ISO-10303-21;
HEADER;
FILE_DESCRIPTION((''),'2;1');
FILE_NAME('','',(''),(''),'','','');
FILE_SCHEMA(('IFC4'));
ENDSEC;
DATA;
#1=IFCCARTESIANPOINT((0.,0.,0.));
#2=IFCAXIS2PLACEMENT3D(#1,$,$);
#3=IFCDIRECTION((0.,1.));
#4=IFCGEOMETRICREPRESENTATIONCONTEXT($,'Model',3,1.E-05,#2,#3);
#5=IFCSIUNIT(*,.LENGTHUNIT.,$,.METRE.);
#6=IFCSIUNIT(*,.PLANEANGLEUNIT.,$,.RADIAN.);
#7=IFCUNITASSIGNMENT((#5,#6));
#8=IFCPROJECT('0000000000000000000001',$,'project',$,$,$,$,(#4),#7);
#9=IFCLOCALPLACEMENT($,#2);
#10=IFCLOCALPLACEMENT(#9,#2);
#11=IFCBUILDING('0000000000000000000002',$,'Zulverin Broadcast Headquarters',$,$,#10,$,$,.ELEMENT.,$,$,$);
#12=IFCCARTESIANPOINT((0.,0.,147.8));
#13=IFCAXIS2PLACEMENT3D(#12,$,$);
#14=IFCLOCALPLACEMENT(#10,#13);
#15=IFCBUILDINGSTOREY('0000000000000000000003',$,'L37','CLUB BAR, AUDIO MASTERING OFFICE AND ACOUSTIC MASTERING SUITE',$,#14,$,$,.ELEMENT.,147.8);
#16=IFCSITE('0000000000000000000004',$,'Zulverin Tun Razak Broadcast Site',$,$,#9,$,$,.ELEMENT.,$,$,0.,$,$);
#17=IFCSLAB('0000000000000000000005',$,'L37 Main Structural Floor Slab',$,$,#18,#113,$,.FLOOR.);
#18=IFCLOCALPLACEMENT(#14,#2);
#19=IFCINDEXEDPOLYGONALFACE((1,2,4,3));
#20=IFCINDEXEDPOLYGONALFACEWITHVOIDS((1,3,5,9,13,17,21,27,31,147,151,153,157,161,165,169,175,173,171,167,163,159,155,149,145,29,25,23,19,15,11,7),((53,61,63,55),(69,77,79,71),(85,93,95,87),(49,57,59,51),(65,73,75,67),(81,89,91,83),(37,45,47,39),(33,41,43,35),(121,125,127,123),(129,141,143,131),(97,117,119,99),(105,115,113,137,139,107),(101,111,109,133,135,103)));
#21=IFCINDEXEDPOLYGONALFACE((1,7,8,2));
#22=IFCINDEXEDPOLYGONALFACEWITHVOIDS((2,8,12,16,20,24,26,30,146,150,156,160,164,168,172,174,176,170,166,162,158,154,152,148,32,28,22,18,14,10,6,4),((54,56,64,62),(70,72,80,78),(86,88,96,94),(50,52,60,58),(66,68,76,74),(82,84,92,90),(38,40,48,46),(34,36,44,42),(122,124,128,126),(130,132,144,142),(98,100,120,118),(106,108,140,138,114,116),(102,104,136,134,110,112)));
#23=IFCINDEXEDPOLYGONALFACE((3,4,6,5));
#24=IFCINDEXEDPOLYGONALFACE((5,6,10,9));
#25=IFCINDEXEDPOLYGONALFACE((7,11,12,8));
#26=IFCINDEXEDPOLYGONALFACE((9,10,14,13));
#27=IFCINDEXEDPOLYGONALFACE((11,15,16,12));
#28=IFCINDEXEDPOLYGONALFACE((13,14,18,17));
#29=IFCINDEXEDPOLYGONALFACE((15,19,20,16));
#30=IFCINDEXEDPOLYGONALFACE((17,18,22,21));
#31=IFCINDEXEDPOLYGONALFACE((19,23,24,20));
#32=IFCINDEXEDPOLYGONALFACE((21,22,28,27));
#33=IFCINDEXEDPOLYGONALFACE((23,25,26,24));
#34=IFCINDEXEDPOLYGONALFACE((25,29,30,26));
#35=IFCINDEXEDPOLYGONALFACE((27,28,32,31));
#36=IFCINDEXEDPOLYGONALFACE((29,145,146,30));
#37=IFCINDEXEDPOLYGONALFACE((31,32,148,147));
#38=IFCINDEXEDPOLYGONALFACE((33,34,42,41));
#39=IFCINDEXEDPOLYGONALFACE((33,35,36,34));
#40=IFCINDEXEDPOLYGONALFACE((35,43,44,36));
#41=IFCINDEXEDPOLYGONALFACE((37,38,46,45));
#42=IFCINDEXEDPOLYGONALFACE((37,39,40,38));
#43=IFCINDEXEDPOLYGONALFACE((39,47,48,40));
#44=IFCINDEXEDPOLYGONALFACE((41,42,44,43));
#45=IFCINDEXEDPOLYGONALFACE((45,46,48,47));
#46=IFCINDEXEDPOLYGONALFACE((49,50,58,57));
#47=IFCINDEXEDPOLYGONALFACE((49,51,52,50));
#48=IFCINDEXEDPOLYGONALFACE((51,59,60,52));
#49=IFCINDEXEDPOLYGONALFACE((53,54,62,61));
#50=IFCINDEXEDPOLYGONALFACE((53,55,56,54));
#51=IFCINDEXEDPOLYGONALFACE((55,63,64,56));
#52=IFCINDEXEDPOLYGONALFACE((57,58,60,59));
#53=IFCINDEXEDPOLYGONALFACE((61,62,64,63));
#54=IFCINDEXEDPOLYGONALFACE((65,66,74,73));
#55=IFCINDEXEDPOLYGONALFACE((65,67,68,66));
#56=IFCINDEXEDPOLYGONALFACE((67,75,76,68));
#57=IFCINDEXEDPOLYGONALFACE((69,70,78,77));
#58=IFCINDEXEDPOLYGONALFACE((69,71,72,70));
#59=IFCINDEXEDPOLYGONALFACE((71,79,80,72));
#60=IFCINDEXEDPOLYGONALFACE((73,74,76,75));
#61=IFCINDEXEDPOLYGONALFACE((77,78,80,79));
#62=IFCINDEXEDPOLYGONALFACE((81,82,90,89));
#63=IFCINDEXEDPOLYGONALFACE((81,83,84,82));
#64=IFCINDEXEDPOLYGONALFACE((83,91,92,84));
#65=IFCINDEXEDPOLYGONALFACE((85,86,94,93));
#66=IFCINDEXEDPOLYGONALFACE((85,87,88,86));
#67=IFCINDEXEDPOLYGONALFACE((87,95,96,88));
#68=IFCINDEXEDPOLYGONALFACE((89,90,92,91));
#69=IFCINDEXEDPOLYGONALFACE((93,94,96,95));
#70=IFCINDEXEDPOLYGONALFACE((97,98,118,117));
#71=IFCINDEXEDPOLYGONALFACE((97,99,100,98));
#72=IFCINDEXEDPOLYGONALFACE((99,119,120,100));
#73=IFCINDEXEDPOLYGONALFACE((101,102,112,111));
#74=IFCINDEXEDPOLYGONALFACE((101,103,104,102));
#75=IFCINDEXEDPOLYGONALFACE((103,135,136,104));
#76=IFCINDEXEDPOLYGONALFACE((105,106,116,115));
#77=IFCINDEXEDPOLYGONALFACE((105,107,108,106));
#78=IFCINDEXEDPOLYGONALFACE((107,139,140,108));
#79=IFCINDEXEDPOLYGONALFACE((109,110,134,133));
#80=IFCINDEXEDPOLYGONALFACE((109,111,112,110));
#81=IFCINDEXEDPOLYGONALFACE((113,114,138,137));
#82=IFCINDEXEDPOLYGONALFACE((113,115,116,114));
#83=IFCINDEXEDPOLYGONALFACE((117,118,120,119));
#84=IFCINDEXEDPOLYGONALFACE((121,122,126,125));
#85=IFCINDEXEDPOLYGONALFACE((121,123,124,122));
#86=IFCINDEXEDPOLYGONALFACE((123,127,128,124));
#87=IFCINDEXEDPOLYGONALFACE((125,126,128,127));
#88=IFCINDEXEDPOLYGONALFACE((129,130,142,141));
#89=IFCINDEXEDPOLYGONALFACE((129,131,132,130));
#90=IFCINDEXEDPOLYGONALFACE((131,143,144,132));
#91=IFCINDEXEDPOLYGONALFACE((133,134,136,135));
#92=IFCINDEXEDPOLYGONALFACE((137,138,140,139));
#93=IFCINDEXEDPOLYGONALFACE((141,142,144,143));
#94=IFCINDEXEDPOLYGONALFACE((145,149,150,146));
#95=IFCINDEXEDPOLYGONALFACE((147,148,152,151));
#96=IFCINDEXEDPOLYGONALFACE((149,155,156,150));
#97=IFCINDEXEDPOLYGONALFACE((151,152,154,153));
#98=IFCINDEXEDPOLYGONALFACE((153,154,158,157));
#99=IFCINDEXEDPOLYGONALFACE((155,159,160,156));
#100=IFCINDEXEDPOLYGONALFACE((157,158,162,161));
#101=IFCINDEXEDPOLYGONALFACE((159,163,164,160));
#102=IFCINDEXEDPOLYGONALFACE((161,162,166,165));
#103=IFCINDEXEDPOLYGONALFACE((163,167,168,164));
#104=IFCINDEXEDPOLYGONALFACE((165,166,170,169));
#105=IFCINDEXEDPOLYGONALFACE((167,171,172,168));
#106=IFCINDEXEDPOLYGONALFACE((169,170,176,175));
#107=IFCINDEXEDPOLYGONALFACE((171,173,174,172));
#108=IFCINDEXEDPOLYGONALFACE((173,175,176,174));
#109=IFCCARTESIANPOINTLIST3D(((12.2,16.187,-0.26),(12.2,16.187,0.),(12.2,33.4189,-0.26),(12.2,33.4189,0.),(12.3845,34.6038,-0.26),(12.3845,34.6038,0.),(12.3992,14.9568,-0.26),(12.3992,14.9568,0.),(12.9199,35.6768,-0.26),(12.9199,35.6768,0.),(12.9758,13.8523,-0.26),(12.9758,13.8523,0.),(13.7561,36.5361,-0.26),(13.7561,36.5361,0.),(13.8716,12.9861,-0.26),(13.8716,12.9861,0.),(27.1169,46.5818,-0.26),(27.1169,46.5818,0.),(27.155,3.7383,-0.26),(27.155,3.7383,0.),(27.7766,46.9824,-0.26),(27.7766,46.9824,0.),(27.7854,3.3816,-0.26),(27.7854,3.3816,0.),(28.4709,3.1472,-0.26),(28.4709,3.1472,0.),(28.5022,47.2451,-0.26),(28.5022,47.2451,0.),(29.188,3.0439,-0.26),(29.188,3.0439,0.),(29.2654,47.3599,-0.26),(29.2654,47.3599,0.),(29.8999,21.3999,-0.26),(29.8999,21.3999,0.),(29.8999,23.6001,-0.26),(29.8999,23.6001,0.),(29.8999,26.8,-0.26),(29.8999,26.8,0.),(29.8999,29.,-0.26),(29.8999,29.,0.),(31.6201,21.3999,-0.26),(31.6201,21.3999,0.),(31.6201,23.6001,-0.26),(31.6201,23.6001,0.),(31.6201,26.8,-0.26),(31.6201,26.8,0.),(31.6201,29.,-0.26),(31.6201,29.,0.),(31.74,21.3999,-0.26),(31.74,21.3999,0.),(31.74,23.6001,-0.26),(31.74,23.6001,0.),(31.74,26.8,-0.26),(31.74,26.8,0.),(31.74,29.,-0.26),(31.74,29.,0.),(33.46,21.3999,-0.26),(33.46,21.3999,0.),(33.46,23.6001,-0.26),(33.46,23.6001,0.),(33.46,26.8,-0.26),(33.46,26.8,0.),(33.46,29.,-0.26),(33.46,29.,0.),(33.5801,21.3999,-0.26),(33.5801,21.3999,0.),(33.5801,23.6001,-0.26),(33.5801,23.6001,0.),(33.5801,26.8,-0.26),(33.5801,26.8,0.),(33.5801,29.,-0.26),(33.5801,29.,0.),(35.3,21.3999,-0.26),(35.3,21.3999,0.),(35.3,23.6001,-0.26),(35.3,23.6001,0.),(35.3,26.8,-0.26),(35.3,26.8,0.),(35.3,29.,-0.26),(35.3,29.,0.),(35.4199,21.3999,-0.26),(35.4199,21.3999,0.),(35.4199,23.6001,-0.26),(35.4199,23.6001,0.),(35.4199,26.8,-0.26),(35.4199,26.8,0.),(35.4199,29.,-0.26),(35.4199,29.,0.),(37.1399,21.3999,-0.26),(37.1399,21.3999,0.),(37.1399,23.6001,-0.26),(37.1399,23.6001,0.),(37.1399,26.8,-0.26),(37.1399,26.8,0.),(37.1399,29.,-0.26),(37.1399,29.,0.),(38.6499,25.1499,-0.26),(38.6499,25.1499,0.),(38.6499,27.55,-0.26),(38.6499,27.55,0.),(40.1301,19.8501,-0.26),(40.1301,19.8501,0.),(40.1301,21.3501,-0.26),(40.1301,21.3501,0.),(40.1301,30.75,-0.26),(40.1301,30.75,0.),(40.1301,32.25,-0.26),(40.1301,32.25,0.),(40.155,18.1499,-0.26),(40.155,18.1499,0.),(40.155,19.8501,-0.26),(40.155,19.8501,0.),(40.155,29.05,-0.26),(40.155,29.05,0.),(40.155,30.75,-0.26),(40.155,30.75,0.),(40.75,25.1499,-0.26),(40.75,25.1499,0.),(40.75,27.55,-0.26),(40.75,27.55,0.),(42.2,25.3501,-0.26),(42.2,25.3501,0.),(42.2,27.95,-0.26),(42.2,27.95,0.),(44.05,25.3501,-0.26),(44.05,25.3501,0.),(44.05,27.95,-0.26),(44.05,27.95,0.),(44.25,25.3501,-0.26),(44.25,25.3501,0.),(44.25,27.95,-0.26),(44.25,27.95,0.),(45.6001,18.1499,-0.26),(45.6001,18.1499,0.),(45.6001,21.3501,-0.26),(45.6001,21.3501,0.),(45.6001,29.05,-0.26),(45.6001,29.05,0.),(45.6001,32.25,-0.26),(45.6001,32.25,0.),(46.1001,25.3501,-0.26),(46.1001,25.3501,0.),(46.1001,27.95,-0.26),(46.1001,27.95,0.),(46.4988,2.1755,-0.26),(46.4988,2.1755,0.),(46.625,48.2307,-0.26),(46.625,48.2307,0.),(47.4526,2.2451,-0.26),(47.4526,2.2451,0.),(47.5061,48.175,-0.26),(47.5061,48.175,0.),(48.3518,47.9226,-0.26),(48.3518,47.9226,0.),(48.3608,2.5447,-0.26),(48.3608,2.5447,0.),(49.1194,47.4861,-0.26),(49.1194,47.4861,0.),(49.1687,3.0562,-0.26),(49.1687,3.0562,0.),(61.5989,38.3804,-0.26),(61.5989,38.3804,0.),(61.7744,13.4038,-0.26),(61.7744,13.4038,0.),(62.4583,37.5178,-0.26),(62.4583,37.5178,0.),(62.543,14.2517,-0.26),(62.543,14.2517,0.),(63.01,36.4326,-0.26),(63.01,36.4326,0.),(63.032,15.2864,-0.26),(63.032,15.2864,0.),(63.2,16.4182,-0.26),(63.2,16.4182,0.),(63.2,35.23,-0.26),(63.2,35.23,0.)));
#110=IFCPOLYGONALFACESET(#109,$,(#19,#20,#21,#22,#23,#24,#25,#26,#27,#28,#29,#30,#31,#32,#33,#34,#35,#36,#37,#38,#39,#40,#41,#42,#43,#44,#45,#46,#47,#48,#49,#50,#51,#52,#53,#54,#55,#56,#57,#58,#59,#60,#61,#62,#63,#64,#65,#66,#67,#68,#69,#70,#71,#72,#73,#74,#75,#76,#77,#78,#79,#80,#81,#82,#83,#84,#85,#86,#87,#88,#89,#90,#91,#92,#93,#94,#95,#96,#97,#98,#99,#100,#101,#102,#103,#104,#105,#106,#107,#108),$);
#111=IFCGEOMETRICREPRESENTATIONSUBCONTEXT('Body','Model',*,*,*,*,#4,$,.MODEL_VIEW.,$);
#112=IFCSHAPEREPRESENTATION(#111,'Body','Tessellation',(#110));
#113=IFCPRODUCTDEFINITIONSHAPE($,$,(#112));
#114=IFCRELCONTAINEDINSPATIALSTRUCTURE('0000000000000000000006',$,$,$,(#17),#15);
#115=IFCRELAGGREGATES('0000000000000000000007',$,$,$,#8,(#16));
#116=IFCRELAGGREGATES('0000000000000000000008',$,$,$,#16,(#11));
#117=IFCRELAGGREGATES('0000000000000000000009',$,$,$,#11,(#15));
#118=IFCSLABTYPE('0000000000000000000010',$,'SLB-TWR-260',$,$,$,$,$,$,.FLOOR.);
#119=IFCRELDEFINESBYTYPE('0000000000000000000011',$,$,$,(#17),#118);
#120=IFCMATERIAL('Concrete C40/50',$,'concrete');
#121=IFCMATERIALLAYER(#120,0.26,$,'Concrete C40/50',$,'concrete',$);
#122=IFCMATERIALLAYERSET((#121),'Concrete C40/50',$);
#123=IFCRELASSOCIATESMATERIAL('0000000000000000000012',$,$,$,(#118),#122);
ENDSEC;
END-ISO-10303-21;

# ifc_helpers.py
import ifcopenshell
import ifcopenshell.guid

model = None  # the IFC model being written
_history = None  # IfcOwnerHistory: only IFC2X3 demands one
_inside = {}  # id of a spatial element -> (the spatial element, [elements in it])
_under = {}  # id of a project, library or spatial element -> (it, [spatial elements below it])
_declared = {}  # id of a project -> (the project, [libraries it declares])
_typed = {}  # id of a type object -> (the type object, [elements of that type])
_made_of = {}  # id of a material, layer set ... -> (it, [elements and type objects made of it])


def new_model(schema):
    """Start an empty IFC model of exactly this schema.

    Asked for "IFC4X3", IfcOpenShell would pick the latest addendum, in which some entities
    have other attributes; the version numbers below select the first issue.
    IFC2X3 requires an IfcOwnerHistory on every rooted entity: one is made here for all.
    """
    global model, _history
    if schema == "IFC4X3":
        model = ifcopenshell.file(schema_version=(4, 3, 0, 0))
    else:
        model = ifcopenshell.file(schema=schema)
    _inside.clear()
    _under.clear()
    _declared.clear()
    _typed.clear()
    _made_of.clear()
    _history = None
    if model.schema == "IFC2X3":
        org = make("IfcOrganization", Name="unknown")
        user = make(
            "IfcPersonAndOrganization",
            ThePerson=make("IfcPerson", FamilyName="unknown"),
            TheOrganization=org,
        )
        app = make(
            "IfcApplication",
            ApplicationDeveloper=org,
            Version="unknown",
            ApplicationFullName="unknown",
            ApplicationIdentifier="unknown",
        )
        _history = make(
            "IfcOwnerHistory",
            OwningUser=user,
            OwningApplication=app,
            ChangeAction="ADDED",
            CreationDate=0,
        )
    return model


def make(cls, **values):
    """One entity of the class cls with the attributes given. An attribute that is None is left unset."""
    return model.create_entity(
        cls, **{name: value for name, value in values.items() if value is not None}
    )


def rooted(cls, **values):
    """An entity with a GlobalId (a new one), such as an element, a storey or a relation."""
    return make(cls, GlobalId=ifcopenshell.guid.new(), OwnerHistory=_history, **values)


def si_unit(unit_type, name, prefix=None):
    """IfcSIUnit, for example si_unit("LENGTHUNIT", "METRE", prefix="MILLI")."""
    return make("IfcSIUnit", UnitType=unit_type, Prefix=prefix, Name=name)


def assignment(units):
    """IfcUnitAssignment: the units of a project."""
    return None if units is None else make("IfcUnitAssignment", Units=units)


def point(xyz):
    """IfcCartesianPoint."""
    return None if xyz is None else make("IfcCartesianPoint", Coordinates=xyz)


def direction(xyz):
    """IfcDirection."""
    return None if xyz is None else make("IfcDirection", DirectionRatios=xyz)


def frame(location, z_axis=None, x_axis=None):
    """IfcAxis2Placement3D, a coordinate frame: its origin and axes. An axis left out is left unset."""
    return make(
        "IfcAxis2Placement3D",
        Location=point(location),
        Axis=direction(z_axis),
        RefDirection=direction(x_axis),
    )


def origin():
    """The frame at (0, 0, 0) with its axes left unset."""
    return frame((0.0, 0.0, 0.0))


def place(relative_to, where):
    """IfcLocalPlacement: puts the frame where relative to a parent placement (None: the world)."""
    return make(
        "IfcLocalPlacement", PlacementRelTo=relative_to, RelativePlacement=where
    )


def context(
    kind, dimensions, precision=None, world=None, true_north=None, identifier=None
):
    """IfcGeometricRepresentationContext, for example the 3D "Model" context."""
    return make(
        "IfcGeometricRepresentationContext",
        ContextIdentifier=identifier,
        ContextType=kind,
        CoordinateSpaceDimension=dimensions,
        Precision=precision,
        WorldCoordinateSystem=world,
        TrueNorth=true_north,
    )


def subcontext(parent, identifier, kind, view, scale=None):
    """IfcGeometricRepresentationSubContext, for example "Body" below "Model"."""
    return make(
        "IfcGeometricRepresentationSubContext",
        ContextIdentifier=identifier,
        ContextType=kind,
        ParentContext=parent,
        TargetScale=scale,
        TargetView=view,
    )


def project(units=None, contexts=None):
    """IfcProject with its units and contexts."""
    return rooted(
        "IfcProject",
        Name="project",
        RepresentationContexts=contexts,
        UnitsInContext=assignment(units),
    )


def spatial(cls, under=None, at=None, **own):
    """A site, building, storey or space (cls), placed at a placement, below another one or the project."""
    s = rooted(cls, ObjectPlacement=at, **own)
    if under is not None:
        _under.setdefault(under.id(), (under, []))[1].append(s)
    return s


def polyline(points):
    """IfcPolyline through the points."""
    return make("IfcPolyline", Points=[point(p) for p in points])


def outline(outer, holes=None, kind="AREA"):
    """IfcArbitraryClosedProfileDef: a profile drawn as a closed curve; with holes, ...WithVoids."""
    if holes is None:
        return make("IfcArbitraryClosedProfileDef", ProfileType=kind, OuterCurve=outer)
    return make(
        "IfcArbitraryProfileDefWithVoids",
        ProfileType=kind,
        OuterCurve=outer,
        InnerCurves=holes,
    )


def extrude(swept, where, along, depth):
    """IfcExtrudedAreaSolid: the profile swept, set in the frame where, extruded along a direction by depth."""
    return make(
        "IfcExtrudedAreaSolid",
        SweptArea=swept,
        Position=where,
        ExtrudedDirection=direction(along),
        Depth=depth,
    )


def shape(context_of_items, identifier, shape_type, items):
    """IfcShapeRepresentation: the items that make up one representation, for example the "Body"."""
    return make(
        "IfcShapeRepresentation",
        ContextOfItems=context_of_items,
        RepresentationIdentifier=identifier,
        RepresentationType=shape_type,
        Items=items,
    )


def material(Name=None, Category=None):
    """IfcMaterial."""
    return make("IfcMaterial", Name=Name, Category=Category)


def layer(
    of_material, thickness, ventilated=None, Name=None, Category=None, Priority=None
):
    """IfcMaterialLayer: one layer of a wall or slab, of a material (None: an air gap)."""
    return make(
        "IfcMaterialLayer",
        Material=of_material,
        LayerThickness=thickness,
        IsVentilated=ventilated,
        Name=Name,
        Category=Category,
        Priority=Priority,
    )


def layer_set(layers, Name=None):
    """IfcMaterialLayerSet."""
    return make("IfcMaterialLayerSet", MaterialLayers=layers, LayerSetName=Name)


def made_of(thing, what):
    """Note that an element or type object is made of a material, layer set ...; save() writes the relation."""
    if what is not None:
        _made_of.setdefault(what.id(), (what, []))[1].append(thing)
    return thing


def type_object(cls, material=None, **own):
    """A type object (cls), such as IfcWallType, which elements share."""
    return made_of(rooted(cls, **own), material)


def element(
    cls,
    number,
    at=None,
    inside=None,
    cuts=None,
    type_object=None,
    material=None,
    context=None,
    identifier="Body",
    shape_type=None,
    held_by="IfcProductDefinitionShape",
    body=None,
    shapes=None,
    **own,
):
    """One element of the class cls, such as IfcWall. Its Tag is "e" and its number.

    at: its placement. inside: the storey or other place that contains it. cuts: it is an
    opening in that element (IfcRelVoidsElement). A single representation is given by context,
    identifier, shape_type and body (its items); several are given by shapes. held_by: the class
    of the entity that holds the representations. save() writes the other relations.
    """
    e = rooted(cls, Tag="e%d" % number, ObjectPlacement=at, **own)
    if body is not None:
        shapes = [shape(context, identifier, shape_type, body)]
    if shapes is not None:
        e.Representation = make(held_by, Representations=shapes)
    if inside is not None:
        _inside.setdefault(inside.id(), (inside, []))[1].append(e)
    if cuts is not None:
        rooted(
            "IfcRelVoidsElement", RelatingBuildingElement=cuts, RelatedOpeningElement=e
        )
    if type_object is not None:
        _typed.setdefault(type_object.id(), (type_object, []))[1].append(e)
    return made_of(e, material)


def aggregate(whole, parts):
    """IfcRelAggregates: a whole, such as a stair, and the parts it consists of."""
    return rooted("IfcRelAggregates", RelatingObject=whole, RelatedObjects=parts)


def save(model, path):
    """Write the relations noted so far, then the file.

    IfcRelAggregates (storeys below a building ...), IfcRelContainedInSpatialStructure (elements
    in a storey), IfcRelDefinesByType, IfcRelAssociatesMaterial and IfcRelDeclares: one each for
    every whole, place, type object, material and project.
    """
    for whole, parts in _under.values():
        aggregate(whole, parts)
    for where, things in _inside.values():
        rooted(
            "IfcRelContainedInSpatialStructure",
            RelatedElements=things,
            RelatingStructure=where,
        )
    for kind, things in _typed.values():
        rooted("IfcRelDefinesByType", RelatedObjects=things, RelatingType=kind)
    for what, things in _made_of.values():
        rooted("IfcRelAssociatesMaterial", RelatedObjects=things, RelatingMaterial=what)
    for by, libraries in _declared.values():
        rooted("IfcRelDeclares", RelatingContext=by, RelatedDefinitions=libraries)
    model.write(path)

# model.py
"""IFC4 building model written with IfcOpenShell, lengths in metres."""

from ifc_helpers import new_model, si_unit, direction, frame, origin, place, context, subcontext, project, spatial, polyline, outline, extrude, material, layer, layer_set, type_object, element, save


model = new_model("IFC4")

# Units and contexts
model_context = context("Model", 3, precision=1e-05, world=origin(), true_north=direction((0.0, 1.0)))
body_context = subcontext(model_context, "Body", "Model", "MODEL_VIEW")
ifc_project = project(units=[si_unit("LENGTHUNIT", "METRE"), si_unit("PLANEANGLEUNIT", "RADIAN")], contexts=[model_context])

# Site, building, storey
site_placement = place(None, origin())
site = spatial("IfcSite", under=ifc_project, at=site_placement, Name="Zulverin Tun Razak Broadcast Site", CompositionType="ELEMENT", RefElevation=0.0)
building_placement = place(site_placement, origin())
building = spatial("IfcBuilding", under=site, at=building_placement, Name="Zulverin Broadcast Headquarters", CompositionType="ELEMENT")
storey_placement = place(building_placement, frame((0.0, 0.0, 147.8)))
storey = spatial("IfcBuildingStorey", under=building, at=storey_placement, Name="L37", Description="CLUB BAR, AUDIO MASTERING OFFICE AND ACOUSTIC MASTERING SUITE", CompositionType="ELEMENT", Elevation=147.8)

# Shared definitions
ifc_material_1 = material(Name="Concrete C40/50", Category="concrete")

# Slab
ifc_layer_1 = layer(ifc_material_1, 0.26, Name="Concrete C40/50", Category="concrete")
ifc_layer_set_1 = layer_set([ifc_layer_1], Name="Concrete C40/50")
slab_type_1 = type_object("IfcSlabType", Name="SLB-TWR-260", PredefinedType="FLOOR", material=ifc_layer_set_1)
slab_1_placement = place(storey_placement, frame((0.0, 0.0, -0.26)))
element("IfcSlab", 1, at=slab_1_placement, inside=storey, type_object=slab_type_1, Name="L37 Main Structural Floor Slab", PredefinedType="FLOOR", context=body_context, shape_type="SweptSolid", body=[
    extrude(outline(polyline([(27.155, 3.7383), (27.7854, 3.3816), (28.4709, 3.1472), (29.188, 3.0439), (46.4988, 2.1755), (47.4526, 2.2451), (48.3608, 2.5447), (49.1687, 3.0562), (61.7744, 13.4038), (62.543, 14.2517), (63.032, 15.2864), (63.2, 16.4182), (63.2, 35.23), (63.01, 36.4326), (62.4583, 37.5178), (61.5989, 38.3804), (49.1194, 47.4861), (48.3518, 47.9226), (47.5061, 48.175), (46.625, 48.2307), (29.2654, 47.3599), (28.5022, 47.2451), (27.7766, 46.9824), (27.1169, 46.5818), (13.7561, 36.5361), (12.9199, 35.6768), (12.3845, 34.6038), (12.2, 33.4189), (12.2, 16.187), (12.3992, 14.9568), (12.9758, 13.8523), (13.8716, 12.9861), (27.155, 3.7383)]), holes=[polyline([(40.155, 30.75), (40.1301, 30.75), (40.1301, 32.25), (45.6001, 32.25), (45.6001, 29.05), (40.155, 29.05), (40.155, 30.75)]), polyline([(40.155, 19.8501), (40.1301, 19.8501), (40.1301, 21.3501), (45.6001, 21.3501), (45.6001, 18.1499), (40.155, 18.1499), (40.155, 19.8501)]), polyline([(29.8999, 21.3999), (31.6201, 21.3999), (31.6201, 23.6001), (29.8999, 23.6001), (29.8999, 21.3999)]), polyline([(31.74, 21.3999), (33.46, 21.3999), (33.46, 23.6001), (31.74, 23.6001), (31.74, 21.3999)]), polyline([(33.5801, 21.3999), (35.3, 21.3999), (35.3, 23.6001), (33.5801, 23.6001), (33.5801, 21.3999)]), polyline([(35.4199, 21.3999), (37.1399, 21.3999), (37.1399, 23.6001), (35.4199, 23.6001), (35.4199, 21.3999)]), polyline([(29.8999, 26.8), (31.6201, 26.8), (31.6201, 29.0), (29.8999, 29.0), (29.8999, 26.8)]), polyline([(31.74, 26.8), (33.46, 26.8), (33.46, 29.0), (31.74, 29.0), (31.74, 26.8)]), polyline([(33.5801, 26.8), (35.3, 26.8), (35.3, 29.0), (33.5801, 29.0), (33.5801, 26.8)]), polyline([(35.4199, 26.8), (37.1399, 26.8), (37.1399, 29.0), (35.4199, 29.0), (35.4199, 26.8)]), polyline([(42.2, 25.3501), (44.05, 25.3501), (44.05, 27.95), (42.2, 27.95), (42.2, 25.3501)]), polyline([(44.25, 25.3501), (46.1001, 25.3501), (46.1001, 27.95), (44.25, 27.95), (44.25, 25.3501)]), polyline([(38.6499, 25.1499), (40.75, 25.1499), (40.75, 27.55), (38.6499, 27.55), (38.6499, 25.1499)])]), origin(), (0.0, 0.0, 1.0), 0.26),
])

save(model, "model.ifc")
